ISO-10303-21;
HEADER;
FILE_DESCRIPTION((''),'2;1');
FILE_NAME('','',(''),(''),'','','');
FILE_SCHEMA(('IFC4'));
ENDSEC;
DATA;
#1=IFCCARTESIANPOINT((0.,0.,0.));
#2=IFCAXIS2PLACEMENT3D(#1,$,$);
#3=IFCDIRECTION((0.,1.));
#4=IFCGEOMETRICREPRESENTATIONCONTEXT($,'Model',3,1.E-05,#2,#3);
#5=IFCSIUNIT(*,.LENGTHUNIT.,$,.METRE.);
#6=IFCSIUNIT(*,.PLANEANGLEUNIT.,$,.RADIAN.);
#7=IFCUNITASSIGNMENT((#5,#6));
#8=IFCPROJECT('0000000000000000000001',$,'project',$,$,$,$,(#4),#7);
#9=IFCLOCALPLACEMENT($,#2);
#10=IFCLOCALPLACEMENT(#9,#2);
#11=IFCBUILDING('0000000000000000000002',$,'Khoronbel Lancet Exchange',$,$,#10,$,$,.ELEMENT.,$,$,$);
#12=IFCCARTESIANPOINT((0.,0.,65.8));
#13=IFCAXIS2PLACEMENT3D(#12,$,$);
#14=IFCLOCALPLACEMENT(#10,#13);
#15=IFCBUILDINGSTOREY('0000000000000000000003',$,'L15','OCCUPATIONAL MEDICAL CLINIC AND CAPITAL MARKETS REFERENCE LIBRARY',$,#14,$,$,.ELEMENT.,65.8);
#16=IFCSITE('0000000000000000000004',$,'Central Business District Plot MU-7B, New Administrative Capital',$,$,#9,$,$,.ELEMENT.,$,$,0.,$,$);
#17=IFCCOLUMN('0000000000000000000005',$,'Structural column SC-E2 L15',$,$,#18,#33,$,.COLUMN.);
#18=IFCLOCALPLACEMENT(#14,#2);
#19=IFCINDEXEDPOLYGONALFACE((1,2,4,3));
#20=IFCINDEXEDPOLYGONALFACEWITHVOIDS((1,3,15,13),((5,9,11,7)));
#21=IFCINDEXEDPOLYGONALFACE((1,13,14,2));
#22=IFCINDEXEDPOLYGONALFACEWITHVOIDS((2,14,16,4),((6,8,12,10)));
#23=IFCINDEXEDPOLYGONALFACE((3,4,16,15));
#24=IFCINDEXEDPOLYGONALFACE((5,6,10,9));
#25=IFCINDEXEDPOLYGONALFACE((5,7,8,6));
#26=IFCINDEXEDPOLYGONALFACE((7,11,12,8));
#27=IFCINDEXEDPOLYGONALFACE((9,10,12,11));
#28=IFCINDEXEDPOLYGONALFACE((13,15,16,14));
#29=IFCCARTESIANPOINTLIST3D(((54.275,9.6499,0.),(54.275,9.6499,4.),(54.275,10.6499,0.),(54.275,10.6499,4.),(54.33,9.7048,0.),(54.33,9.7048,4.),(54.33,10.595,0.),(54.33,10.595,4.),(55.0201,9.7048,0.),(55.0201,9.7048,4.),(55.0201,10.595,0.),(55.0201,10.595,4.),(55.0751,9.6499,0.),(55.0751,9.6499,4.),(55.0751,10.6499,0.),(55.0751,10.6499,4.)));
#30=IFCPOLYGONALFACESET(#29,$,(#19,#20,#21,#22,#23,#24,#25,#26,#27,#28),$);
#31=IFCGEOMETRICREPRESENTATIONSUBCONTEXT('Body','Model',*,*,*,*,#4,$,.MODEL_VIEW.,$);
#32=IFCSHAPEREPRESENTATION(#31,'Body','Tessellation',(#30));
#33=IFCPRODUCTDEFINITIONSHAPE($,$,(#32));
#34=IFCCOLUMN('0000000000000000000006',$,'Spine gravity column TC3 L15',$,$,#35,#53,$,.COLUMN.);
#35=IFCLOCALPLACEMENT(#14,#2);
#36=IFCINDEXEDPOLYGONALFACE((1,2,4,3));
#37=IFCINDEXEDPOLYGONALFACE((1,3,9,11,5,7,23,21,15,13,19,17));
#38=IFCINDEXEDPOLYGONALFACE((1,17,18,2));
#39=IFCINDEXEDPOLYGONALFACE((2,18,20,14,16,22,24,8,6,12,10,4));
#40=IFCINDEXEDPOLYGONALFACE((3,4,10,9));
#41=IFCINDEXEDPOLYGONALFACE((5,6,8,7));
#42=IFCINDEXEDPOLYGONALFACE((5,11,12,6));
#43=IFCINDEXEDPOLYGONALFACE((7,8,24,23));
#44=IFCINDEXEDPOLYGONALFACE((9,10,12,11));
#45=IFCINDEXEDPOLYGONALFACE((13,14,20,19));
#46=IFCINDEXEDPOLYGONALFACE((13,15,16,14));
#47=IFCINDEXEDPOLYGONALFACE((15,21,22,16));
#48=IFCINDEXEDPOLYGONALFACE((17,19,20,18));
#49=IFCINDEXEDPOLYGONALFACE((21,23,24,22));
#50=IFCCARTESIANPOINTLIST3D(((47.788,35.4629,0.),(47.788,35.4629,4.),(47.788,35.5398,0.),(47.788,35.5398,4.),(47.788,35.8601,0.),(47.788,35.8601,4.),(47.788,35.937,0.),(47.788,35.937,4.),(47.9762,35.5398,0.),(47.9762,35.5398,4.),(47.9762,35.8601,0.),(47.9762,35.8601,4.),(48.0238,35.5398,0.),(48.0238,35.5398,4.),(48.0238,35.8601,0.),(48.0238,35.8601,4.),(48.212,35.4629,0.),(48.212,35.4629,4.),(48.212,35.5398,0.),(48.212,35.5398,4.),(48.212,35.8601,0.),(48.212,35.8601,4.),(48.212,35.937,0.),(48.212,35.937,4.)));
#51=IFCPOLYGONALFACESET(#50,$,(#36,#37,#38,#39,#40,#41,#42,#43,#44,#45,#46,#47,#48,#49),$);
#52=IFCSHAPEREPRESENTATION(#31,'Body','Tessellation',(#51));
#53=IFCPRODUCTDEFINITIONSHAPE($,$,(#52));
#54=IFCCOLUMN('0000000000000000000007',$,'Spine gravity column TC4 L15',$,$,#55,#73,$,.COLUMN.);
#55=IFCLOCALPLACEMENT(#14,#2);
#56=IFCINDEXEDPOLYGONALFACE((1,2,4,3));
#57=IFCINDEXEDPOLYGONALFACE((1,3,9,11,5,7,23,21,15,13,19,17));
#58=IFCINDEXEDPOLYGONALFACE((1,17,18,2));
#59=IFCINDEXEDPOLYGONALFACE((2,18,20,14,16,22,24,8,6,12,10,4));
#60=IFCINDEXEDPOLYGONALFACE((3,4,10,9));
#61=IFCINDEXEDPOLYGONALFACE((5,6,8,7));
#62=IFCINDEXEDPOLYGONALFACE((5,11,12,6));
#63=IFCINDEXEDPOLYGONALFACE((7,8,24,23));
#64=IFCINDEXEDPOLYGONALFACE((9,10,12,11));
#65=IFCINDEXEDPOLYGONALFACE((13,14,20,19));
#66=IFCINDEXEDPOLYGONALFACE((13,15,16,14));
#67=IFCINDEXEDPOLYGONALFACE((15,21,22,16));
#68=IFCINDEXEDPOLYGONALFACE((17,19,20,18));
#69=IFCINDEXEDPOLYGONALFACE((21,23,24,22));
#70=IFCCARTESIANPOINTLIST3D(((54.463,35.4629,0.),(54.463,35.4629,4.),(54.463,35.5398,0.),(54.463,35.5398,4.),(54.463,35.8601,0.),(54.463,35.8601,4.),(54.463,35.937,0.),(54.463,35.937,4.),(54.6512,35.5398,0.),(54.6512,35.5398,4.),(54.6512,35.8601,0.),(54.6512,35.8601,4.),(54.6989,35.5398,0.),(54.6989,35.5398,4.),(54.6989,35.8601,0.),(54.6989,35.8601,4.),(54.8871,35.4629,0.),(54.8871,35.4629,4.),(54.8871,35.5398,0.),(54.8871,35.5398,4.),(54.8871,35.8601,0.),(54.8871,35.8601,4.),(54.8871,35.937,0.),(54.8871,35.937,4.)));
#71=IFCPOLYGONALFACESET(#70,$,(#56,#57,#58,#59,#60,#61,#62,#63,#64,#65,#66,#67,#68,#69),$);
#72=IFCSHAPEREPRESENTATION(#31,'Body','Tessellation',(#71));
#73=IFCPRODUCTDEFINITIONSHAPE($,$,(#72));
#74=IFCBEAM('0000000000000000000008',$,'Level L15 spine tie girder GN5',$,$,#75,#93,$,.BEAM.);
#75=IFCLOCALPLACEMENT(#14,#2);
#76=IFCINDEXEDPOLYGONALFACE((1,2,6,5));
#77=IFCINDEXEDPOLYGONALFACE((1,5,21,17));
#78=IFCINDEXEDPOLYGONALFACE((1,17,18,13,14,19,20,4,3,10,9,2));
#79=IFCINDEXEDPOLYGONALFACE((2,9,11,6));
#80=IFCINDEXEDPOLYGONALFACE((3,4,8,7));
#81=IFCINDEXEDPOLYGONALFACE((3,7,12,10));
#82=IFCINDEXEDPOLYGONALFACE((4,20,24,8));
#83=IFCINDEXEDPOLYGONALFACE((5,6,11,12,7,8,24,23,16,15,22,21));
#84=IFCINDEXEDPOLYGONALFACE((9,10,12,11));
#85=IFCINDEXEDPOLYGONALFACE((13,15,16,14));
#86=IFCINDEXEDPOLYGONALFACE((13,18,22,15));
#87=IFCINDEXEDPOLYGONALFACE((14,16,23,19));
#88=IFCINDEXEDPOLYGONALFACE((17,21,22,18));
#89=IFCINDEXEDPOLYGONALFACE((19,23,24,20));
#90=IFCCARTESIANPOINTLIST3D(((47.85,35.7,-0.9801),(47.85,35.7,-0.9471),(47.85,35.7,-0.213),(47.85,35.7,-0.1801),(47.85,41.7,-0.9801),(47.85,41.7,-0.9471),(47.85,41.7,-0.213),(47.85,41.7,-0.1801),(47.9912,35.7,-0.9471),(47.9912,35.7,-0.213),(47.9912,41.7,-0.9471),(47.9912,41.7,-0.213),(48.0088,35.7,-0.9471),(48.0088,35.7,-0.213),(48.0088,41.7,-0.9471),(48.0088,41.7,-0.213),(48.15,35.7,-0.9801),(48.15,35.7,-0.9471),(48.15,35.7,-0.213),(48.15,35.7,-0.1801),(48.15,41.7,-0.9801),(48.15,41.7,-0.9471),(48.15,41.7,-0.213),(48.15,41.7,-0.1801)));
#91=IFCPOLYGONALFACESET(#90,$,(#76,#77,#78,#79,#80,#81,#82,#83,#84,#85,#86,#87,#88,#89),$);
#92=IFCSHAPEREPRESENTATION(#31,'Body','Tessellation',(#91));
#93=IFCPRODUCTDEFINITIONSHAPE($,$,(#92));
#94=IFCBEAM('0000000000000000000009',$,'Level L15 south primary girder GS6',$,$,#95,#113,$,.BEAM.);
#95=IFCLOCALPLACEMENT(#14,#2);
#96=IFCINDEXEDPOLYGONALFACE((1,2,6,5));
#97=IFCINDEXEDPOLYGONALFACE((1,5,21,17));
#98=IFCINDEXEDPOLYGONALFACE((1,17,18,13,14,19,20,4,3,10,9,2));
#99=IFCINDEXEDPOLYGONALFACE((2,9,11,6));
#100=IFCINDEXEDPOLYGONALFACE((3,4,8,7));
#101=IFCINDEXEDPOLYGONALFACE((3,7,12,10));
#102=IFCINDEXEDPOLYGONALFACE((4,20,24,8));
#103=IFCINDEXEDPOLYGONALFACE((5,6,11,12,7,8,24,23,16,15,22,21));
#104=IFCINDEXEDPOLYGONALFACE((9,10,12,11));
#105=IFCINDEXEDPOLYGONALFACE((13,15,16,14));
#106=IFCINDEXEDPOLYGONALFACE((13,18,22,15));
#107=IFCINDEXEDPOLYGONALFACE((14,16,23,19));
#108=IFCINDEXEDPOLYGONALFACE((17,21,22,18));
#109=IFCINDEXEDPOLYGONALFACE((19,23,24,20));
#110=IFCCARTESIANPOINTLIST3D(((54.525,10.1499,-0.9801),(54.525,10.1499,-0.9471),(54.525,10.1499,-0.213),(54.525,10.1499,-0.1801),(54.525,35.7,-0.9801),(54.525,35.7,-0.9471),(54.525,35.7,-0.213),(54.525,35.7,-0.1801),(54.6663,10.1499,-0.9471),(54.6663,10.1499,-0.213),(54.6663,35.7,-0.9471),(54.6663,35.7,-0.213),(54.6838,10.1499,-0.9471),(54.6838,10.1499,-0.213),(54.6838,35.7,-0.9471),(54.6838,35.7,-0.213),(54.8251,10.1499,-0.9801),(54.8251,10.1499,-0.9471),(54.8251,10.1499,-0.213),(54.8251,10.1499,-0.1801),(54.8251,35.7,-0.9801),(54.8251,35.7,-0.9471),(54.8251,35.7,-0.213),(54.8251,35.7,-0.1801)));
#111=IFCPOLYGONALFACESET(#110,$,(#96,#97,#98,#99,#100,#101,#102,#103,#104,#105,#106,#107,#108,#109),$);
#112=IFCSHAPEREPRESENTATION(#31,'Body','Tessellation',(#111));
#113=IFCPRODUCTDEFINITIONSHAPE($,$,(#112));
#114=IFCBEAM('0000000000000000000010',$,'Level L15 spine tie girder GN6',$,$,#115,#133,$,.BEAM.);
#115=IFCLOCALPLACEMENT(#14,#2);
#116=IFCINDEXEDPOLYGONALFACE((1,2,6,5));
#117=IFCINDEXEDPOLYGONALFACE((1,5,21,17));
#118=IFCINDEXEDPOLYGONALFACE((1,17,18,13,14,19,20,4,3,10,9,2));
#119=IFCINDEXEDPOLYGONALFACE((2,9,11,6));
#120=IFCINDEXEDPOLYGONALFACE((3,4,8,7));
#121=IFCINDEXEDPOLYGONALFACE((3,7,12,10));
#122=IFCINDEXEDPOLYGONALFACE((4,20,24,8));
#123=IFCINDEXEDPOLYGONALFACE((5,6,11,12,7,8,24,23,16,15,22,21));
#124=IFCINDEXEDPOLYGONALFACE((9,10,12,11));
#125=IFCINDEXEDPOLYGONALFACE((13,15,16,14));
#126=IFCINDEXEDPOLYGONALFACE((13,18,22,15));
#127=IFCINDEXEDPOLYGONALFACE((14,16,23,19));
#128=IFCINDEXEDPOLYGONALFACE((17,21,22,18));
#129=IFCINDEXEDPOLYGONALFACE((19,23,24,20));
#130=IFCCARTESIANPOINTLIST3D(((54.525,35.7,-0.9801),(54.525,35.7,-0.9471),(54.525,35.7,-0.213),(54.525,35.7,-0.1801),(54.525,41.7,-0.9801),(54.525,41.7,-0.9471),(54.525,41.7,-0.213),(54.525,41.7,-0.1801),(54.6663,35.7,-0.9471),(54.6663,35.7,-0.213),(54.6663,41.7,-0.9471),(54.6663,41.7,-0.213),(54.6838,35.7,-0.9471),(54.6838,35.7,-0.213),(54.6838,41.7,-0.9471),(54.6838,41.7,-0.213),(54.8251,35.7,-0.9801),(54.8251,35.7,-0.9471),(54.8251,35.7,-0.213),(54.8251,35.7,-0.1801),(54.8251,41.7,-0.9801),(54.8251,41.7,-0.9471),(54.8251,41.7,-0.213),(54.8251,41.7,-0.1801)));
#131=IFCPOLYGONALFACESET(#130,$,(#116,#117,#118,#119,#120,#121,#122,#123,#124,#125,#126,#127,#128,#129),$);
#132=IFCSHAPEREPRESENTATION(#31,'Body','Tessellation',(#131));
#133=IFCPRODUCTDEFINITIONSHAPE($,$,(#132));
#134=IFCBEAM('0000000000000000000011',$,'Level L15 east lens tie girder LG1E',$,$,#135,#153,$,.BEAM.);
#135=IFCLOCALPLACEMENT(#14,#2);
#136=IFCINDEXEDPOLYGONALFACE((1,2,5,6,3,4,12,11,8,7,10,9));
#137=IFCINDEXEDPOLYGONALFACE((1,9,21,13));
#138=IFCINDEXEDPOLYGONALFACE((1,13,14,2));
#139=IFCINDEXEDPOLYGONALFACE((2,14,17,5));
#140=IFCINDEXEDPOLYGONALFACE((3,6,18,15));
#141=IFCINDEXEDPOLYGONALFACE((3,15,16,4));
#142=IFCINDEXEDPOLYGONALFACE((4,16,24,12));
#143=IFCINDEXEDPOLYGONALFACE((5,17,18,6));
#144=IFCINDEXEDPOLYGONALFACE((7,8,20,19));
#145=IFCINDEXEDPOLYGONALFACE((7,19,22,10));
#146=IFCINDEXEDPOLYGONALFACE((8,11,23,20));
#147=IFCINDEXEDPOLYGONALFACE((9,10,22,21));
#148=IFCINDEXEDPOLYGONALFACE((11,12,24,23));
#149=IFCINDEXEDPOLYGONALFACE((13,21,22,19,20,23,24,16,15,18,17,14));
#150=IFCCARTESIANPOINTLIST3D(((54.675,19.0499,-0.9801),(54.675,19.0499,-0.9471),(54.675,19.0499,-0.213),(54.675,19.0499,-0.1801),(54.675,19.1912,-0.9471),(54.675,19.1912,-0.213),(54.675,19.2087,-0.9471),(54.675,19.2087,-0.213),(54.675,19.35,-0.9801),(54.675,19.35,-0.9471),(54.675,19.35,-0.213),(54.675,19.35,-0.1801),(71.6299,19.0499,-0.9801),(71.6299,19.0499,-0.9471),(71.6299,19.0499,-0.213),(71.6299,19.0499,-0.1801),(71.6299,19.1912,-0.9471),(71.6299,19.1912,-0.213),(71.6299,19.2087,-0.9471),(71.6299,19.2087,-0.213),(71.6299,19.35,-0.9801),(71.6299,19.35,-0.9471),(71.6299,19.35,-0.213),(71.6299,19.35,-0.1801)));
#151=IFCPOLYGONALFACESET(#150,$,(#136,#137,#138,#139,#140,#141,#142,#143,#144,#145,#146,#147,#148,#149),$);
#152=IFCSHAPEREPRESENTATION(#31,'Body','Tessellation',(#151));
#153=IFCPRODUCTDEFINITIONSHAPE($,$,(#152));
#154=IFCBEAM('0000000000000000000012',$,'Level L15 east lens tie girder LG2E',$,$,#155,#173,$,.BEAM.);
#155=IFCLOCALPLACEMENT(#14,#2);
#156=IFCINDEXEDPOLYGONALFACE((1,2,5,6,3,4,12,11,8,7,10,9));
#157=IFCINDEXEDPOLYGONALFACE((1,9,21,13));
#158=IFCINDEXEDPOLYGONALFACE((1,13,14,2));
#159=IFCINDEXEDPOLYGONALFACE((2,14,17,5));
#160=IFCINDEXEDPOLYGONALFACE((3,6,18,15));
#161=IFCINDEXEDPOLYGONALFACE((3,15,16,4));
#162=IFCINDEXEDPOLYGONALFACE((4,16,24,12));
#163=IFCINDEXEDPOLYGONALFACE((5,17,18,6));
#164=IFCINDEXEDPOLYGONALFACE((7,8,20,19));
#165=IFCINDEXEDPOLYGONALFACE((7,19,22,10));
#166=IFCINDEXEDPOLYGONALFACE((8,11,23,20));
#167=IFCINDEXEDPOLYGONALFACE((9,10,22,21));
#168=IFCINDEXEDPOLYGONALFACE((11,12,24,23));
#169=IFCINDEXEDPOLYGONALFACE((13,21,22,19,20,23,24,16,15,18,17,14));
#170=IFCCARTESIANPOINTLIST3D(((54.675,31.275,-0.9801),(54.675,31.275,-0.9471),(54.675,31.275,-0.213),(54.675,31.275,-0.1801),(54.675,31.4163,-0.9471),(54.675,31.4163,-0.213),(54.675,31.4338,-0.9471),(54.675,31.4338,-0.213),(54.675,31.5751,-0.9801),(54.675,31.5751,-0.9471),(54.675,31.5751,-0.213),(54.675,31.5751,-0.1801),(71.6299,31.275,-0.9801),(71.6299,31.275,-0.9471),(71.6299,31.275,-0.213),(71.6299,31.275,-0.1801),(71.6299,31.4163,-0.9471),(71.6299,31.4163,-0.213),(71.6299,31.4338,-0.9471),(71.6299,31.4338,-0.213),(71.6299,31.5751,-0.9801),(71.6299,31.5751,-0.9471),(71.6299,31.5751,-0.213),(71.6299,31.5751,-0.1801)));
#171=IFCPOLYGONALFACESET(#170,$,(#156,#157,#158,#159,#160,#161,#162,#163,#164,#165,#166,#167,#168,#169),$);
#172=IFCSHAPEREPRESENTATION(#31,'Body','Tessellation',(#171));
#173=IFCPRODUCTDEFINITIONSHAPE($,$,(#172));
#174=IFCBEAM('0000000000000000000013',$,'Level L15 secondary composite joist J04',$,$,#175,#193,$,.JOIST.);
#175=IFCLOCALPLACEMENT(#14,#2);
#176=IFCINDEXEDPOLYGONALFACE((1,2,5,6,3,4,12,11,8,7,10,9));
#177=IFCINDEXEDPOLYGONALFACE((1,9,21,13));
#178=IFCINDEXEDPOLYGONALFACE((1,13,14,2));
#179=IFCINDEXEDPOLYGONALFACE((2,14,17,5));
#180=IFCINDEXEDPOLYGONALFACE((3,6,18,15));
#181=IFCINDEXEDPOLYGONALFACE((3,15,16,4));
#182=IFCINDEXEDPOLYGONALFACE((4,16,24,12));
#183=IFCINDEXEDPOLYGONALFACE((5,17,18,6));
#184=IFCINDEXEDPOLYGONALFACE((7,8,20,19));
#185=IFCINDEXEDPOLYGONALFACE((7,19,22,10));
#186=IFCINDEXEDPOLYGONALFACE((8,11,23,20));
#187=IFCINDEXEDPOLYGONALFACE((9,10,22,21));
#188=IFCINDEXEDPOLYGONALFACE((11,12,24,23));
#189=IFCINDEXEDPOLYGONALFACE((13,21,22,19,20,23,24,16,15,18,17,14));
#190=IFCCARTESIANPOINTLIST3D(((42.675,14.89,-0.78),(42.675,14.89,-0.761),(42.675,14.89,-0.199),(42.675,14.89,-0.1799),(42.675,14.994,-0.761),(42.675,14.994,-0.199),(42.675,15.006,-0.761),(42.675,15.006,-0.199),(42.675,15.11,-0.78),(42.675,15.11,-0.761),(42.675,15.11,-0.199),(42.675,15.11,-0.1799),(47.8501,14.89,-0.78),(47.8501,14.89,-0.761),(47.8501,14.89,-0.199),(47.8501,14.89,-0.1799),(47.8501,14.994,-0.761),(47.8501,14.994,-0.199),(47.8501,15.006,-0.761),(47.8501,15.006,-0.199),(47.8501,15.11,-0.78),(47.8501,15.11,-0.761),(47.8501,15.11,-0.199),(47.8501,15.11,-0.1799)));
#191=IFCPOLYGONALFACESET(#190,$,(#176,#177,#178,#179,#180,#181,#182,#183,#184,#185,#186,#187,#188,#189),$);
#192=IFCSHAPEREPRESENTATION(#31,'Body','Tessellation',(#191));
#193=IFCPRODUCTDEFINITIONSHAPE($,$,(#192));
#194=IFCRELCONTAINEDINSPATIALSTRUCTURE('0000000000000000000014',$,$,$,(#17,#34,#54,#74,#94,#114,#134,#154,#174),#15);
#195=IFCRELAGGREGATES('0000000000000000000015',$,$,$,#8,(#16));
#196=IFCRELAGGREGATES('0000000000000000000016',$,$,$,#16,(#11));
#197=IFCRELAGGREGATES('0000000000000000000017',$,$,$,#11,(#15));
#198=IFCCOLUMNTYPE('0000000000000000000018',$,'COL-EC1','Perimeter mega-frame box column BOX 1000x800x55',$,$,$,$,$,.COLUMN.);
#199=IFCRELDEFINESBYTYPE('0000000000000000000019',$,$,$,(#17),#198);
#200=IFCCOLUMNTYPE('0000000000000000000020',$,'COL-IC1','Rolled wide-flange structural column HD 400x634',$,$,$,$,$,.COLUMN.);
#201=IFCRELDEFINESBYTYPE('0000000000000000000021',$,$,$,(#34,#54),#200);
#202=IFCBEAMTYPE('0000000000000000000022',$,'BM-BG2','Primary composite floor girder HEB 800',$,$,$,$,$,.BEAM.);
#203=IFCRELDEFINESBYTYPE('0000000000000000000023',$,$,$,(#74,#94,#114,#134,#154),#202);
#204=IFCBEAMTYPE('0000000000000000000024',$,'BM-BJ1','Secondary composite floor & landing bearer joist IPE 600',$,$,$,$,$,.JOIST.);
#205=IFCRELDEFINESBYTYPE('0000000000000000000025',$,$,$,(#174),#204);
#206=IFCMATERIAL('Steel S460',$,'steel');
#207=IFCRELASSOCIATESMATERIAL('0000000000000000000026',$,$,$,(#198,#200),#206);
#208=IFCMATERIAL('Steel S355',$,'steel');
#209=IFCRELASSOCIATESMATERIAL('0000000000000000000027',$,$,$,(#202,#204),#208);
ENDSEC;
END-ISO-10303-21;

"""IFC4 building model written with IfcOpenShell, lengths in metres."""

from ifc_helpers import new_model, si_unit, direction, frame, origin, origin_2d, place, context, subcontext, project, spatial, hollow_rectangle, i_section, extrude, material, material_profile, profile_set, type_object, element, save


model = new_model("IFC4")

# Units and contexts
model_context = context("Model", 3, precision=1e-05, world=origin(), true_north=direction((0.0, 1.0)))
body_context = subcontext(model_context, "Body", "Model", "MODEL_VIEW")
ifc_project = project(units=[si_unit("LENGTHUNIT", "METRE"), si_unit("PLANEANGLEUNIT", "RADIAN")], contexts=[model_context])

# Site, building, storey
site_placement = place(None, origin())
site = spatial("IfcSite", under=ifc_project, at=site_placement, Name="Central Business District Plot MU-7B, New Administrative Capital", CompositionType="ELEMENT", RefElevation=0.0)
building_placement = place(site_placement, origin())
building = spatial("IfcBuilding", under=site, at=building_placement, Name="Khoronbel Lancet Exchange", CompositionType="ELEMENT")
storey_placement = place(building_placement, frame((0.0, 0.0, 65.8)))
storey = spatial("IfcBuildingStorey", under=building, at=storey_placement, Name="L15", Description="OCCUPATIONAL MEDICAL CLINIC AND CAPITAL MARKETS REFERENCE LIBRARY", CompositionType="ELEMENT", Elevation=65.8)

# Columns
ifc_material_1 = material(Name="Steel S460", Category="steel")
ifc_material_profile_1 = material_profile(ifc_material_1, hollow_rectangle(XDim=0.8, YDim=1.0, WallThickness=0.0549, at=origin_2d()), Name="BOX 1000x800x55")
ifc_profile_set_1 = profile_set([ifc_material_profile_1], Name="Steel S460")
column_type_1 = type_object("IfcColumnType", Name="COL-EC1", Description="Perimeter mega-frame box column BOX 1000x800x55", PredefinedType="COLUMN", material=ifc_profile_set_1)
column_placement = place(storey_placement, frame((54.675, 10.1499, 0.0), z_axis=(0.0, 0.0, 1.0), x_axis=(1.0, 0.0, 0.0)))
element("IfcColumn", 1, at=column_placement, inside=storey, type_object=column_type_1, Name="Structural column SC-E2 L15", PredefinedType="COLUMN", context=body_context, shape_type="SweptSolid", body=[
    extrude(hollow_rectangle(XDim=0.8, YDim=1.0, WallThickness=0.0549, at=origin_2d()), origin(), (0.0, 0.0, 1.0), 4.0),
])
ifc_material_profile_2 = material_profile(ifc_material_1, i_section(OverallWidth=0.4241, OverallDepth=0.4741, WebThickness=0.0476, FlangeThickness=0.0769, at=origin_2d()), Name="HD 400x634")
ifc_profile_set_2 = profile_set([ifc_material_profile_2], Name="Steel S460")
column_type_2 = type_object("IfcColumnType", Name="COL-IC1", Description="Rolled wide-flange structural column HD 400x634", PredefinedType="COLUMN", material=ifc_profile_set_2)
for number, where, z_axis, x_axis, name in (
    (2, (48.0, 35.7, 0.0), (0.0, 0.0, 1.0), (1.0, 0.0, 0.0), "Spine gravity column TC3 L15"),
    (3, (54.675, 35.7, 0.0), (0.0, 0.0, 1.0), (1.0, 0.0, 0.0), "Spine gravity column TC4 L15"),
):
    element("IfcColumn", number, at=place(storey_placement, frame(where, z_axis=z_axis, x_axis=x_axis)), inside=storey, type_object=column_type_2, Name=name, PredefinedType="COLUMN", context=body_context, shape_type="SweptSolid", body=[
        extrude(i_section(OverallWidth=0.4241, OverallDepth=0.4741, WebThickness=0.0476, FlangeThickness=0.0769, at=origin_2d()), origin(), (0.0, 0.0, 1.0), 4.0),
    ])

# Beams
ifc_material_2 = material(Name="Steel S355", Category="steel")
ifc_material_profile_3 = material_profile(ifc_material_2, i_section(OverallWidth=0.3, OverallDepth=0.8, WebThickness=0.0176, FlangeThickness=0.033, at=origin_2d()), Name="HEB 800")
ifc_profile_set_3 = profile_set([ifc_material_profile_3], Name="Steel S355")
beam_type_1 = type_object("IfcBeamType", Name="BM-BG2", Description="Primary composite floor girder HEB 800", PredefinedType="BEAM", material=ifc_profile_set_3)
beam_1_placement = place(storey_placement, frame((48.0, 35.7, -0.5801), z_axis=(0.0, 1.0, 0.0), x_axis=(-1.0, 0.0, 0.0)))
element("IfcBeam", 4, at=beam_1_placement, inside=storey, type_object=beam_type_1, Name="Level L15 spine tie girder GN5", PredefinedType="BEAM", context=body_context, shape_type="SweptSolid", body=[
    extrude(i_section(OverallWidth=0.3, OverallDepth=0.8, WebThickness=0.0176, FlangeThickness=0.033, at=origin_2d()), origin(), (0.0, 0.0, 1.0), 6.0),
])
beam_2_placement = place(storey_placement, frame((54.675, 10.1499, -0.5801), z_axis=(0.0, 1.0, 0.0), x_axis=(-1.0, 0.0, 0.0)))
element("IfcBeam", 5, at=beam_2_placement, inside=storey, type_object=beam_type_1, Name="Level L15 south primary girder GS6", PredefinedType="BEAM", context=body_context, shape_type="SweptSolid", body=[
    extrude(i_section(OverallWidth=0.3, OverallDepth=0.8, WebThickness=0.0176, FlangeThickness=0.033, at=origin_2d()), origin(), (0.0, 0.0, 1.0), 25.55),
])
beam_3_placement = place(storey_placement, frame((54.675, 35.7, -0.5801), z_axis=(0.0, 1.0, 0.0), x_axis=(-1.0, 0.0, 0.0)))
element("IfcBeam", 6, at=beam_3_placement, inside=storey, type_object=beam_type_1, Name="Level L15 spine tie girder GN6", PredefinedType="BEAM", context=body_context, shape_type="SweptSolid", body=[
    extrude(i_section(OverallWidth=0.3, OverallDepth=0.8, WebThickness=0.0176, FlangeThickness=0.033, at=origin_2d()), origin(), (0.0, 0.0, 1.0), 6.0),
])
for number, where, z_axis, x_axis, name in (
    (7, (54.675, 19.2, -0.5801), (1.0, 0.0, 0.0), (0.0, 1.0, 0.0), "Level L15 east lens tie girder LG1E"),
    (8, (54.675, 31.425, -0.5801), (1.0, 0.0, 0.0), (0.0, 1.0, 0.0), "Level L15 east lens tie girder LG2E"),
):
    element("IfcBeam", number, at=place(storey_placement, frame(where, z_axis=z_axis, x_axis=x_axis)), inside=storey, type_object=beam_type_1, Name=name, PredefinedType="BEAM", context=body_context, shape_type="SweptSolid", body=[
        extrude(i_section(OverallWidth=0.3, OverallDepth=0.8, WebThickness=0.0176, FlangeThickness=0.033, at=origin_2d()), origin(), (0.0, 0.0, 1.0), 16.9548),
    ])
ifc_material_profile_4 = material_profile(ifc_material_2, i_section(OverallWidth=0.22, OverallDepth=0.6001, WebThickness=0.012, FlangeThickness=0.019, at=origin_2d()), Name="IPE 600")
ifc_profile_set_4 = profile_set([ifc_material_profile_4], Name="Steel S355")
beam_type_2 = type_object("IfcBeamType", Name="BM-BJ1", Description="Secondary composite floor & landing bearer joist IPE 600", PredefinedType="JOIST", material=ifc_profile_set_4)
beam_4_placement = place(storey_placement, frame((42.675, 15.0, -0.48), z_axis=(1.0, 0.0, 0.0), x_axis=(0.0, 1.0, 0.0)))
element("IfcBeam", 9, at=beam_4_placement, inside=storey, type_object=beam_type_2, Name="Level L15 secondary composite joist J04", PredefinedType="JOIST", context=body_context, shape_type="SweptSolid", body=[
    extrude(i_section(OverallWidth=0.22, OverallDepth=0.6001, WebThickness=0.012, FlangeThickness=0.019, at=origin_2d()), origin(), (0.0, 0.0, 1.0), 5.175),
])

save(model, "model.ifc")
